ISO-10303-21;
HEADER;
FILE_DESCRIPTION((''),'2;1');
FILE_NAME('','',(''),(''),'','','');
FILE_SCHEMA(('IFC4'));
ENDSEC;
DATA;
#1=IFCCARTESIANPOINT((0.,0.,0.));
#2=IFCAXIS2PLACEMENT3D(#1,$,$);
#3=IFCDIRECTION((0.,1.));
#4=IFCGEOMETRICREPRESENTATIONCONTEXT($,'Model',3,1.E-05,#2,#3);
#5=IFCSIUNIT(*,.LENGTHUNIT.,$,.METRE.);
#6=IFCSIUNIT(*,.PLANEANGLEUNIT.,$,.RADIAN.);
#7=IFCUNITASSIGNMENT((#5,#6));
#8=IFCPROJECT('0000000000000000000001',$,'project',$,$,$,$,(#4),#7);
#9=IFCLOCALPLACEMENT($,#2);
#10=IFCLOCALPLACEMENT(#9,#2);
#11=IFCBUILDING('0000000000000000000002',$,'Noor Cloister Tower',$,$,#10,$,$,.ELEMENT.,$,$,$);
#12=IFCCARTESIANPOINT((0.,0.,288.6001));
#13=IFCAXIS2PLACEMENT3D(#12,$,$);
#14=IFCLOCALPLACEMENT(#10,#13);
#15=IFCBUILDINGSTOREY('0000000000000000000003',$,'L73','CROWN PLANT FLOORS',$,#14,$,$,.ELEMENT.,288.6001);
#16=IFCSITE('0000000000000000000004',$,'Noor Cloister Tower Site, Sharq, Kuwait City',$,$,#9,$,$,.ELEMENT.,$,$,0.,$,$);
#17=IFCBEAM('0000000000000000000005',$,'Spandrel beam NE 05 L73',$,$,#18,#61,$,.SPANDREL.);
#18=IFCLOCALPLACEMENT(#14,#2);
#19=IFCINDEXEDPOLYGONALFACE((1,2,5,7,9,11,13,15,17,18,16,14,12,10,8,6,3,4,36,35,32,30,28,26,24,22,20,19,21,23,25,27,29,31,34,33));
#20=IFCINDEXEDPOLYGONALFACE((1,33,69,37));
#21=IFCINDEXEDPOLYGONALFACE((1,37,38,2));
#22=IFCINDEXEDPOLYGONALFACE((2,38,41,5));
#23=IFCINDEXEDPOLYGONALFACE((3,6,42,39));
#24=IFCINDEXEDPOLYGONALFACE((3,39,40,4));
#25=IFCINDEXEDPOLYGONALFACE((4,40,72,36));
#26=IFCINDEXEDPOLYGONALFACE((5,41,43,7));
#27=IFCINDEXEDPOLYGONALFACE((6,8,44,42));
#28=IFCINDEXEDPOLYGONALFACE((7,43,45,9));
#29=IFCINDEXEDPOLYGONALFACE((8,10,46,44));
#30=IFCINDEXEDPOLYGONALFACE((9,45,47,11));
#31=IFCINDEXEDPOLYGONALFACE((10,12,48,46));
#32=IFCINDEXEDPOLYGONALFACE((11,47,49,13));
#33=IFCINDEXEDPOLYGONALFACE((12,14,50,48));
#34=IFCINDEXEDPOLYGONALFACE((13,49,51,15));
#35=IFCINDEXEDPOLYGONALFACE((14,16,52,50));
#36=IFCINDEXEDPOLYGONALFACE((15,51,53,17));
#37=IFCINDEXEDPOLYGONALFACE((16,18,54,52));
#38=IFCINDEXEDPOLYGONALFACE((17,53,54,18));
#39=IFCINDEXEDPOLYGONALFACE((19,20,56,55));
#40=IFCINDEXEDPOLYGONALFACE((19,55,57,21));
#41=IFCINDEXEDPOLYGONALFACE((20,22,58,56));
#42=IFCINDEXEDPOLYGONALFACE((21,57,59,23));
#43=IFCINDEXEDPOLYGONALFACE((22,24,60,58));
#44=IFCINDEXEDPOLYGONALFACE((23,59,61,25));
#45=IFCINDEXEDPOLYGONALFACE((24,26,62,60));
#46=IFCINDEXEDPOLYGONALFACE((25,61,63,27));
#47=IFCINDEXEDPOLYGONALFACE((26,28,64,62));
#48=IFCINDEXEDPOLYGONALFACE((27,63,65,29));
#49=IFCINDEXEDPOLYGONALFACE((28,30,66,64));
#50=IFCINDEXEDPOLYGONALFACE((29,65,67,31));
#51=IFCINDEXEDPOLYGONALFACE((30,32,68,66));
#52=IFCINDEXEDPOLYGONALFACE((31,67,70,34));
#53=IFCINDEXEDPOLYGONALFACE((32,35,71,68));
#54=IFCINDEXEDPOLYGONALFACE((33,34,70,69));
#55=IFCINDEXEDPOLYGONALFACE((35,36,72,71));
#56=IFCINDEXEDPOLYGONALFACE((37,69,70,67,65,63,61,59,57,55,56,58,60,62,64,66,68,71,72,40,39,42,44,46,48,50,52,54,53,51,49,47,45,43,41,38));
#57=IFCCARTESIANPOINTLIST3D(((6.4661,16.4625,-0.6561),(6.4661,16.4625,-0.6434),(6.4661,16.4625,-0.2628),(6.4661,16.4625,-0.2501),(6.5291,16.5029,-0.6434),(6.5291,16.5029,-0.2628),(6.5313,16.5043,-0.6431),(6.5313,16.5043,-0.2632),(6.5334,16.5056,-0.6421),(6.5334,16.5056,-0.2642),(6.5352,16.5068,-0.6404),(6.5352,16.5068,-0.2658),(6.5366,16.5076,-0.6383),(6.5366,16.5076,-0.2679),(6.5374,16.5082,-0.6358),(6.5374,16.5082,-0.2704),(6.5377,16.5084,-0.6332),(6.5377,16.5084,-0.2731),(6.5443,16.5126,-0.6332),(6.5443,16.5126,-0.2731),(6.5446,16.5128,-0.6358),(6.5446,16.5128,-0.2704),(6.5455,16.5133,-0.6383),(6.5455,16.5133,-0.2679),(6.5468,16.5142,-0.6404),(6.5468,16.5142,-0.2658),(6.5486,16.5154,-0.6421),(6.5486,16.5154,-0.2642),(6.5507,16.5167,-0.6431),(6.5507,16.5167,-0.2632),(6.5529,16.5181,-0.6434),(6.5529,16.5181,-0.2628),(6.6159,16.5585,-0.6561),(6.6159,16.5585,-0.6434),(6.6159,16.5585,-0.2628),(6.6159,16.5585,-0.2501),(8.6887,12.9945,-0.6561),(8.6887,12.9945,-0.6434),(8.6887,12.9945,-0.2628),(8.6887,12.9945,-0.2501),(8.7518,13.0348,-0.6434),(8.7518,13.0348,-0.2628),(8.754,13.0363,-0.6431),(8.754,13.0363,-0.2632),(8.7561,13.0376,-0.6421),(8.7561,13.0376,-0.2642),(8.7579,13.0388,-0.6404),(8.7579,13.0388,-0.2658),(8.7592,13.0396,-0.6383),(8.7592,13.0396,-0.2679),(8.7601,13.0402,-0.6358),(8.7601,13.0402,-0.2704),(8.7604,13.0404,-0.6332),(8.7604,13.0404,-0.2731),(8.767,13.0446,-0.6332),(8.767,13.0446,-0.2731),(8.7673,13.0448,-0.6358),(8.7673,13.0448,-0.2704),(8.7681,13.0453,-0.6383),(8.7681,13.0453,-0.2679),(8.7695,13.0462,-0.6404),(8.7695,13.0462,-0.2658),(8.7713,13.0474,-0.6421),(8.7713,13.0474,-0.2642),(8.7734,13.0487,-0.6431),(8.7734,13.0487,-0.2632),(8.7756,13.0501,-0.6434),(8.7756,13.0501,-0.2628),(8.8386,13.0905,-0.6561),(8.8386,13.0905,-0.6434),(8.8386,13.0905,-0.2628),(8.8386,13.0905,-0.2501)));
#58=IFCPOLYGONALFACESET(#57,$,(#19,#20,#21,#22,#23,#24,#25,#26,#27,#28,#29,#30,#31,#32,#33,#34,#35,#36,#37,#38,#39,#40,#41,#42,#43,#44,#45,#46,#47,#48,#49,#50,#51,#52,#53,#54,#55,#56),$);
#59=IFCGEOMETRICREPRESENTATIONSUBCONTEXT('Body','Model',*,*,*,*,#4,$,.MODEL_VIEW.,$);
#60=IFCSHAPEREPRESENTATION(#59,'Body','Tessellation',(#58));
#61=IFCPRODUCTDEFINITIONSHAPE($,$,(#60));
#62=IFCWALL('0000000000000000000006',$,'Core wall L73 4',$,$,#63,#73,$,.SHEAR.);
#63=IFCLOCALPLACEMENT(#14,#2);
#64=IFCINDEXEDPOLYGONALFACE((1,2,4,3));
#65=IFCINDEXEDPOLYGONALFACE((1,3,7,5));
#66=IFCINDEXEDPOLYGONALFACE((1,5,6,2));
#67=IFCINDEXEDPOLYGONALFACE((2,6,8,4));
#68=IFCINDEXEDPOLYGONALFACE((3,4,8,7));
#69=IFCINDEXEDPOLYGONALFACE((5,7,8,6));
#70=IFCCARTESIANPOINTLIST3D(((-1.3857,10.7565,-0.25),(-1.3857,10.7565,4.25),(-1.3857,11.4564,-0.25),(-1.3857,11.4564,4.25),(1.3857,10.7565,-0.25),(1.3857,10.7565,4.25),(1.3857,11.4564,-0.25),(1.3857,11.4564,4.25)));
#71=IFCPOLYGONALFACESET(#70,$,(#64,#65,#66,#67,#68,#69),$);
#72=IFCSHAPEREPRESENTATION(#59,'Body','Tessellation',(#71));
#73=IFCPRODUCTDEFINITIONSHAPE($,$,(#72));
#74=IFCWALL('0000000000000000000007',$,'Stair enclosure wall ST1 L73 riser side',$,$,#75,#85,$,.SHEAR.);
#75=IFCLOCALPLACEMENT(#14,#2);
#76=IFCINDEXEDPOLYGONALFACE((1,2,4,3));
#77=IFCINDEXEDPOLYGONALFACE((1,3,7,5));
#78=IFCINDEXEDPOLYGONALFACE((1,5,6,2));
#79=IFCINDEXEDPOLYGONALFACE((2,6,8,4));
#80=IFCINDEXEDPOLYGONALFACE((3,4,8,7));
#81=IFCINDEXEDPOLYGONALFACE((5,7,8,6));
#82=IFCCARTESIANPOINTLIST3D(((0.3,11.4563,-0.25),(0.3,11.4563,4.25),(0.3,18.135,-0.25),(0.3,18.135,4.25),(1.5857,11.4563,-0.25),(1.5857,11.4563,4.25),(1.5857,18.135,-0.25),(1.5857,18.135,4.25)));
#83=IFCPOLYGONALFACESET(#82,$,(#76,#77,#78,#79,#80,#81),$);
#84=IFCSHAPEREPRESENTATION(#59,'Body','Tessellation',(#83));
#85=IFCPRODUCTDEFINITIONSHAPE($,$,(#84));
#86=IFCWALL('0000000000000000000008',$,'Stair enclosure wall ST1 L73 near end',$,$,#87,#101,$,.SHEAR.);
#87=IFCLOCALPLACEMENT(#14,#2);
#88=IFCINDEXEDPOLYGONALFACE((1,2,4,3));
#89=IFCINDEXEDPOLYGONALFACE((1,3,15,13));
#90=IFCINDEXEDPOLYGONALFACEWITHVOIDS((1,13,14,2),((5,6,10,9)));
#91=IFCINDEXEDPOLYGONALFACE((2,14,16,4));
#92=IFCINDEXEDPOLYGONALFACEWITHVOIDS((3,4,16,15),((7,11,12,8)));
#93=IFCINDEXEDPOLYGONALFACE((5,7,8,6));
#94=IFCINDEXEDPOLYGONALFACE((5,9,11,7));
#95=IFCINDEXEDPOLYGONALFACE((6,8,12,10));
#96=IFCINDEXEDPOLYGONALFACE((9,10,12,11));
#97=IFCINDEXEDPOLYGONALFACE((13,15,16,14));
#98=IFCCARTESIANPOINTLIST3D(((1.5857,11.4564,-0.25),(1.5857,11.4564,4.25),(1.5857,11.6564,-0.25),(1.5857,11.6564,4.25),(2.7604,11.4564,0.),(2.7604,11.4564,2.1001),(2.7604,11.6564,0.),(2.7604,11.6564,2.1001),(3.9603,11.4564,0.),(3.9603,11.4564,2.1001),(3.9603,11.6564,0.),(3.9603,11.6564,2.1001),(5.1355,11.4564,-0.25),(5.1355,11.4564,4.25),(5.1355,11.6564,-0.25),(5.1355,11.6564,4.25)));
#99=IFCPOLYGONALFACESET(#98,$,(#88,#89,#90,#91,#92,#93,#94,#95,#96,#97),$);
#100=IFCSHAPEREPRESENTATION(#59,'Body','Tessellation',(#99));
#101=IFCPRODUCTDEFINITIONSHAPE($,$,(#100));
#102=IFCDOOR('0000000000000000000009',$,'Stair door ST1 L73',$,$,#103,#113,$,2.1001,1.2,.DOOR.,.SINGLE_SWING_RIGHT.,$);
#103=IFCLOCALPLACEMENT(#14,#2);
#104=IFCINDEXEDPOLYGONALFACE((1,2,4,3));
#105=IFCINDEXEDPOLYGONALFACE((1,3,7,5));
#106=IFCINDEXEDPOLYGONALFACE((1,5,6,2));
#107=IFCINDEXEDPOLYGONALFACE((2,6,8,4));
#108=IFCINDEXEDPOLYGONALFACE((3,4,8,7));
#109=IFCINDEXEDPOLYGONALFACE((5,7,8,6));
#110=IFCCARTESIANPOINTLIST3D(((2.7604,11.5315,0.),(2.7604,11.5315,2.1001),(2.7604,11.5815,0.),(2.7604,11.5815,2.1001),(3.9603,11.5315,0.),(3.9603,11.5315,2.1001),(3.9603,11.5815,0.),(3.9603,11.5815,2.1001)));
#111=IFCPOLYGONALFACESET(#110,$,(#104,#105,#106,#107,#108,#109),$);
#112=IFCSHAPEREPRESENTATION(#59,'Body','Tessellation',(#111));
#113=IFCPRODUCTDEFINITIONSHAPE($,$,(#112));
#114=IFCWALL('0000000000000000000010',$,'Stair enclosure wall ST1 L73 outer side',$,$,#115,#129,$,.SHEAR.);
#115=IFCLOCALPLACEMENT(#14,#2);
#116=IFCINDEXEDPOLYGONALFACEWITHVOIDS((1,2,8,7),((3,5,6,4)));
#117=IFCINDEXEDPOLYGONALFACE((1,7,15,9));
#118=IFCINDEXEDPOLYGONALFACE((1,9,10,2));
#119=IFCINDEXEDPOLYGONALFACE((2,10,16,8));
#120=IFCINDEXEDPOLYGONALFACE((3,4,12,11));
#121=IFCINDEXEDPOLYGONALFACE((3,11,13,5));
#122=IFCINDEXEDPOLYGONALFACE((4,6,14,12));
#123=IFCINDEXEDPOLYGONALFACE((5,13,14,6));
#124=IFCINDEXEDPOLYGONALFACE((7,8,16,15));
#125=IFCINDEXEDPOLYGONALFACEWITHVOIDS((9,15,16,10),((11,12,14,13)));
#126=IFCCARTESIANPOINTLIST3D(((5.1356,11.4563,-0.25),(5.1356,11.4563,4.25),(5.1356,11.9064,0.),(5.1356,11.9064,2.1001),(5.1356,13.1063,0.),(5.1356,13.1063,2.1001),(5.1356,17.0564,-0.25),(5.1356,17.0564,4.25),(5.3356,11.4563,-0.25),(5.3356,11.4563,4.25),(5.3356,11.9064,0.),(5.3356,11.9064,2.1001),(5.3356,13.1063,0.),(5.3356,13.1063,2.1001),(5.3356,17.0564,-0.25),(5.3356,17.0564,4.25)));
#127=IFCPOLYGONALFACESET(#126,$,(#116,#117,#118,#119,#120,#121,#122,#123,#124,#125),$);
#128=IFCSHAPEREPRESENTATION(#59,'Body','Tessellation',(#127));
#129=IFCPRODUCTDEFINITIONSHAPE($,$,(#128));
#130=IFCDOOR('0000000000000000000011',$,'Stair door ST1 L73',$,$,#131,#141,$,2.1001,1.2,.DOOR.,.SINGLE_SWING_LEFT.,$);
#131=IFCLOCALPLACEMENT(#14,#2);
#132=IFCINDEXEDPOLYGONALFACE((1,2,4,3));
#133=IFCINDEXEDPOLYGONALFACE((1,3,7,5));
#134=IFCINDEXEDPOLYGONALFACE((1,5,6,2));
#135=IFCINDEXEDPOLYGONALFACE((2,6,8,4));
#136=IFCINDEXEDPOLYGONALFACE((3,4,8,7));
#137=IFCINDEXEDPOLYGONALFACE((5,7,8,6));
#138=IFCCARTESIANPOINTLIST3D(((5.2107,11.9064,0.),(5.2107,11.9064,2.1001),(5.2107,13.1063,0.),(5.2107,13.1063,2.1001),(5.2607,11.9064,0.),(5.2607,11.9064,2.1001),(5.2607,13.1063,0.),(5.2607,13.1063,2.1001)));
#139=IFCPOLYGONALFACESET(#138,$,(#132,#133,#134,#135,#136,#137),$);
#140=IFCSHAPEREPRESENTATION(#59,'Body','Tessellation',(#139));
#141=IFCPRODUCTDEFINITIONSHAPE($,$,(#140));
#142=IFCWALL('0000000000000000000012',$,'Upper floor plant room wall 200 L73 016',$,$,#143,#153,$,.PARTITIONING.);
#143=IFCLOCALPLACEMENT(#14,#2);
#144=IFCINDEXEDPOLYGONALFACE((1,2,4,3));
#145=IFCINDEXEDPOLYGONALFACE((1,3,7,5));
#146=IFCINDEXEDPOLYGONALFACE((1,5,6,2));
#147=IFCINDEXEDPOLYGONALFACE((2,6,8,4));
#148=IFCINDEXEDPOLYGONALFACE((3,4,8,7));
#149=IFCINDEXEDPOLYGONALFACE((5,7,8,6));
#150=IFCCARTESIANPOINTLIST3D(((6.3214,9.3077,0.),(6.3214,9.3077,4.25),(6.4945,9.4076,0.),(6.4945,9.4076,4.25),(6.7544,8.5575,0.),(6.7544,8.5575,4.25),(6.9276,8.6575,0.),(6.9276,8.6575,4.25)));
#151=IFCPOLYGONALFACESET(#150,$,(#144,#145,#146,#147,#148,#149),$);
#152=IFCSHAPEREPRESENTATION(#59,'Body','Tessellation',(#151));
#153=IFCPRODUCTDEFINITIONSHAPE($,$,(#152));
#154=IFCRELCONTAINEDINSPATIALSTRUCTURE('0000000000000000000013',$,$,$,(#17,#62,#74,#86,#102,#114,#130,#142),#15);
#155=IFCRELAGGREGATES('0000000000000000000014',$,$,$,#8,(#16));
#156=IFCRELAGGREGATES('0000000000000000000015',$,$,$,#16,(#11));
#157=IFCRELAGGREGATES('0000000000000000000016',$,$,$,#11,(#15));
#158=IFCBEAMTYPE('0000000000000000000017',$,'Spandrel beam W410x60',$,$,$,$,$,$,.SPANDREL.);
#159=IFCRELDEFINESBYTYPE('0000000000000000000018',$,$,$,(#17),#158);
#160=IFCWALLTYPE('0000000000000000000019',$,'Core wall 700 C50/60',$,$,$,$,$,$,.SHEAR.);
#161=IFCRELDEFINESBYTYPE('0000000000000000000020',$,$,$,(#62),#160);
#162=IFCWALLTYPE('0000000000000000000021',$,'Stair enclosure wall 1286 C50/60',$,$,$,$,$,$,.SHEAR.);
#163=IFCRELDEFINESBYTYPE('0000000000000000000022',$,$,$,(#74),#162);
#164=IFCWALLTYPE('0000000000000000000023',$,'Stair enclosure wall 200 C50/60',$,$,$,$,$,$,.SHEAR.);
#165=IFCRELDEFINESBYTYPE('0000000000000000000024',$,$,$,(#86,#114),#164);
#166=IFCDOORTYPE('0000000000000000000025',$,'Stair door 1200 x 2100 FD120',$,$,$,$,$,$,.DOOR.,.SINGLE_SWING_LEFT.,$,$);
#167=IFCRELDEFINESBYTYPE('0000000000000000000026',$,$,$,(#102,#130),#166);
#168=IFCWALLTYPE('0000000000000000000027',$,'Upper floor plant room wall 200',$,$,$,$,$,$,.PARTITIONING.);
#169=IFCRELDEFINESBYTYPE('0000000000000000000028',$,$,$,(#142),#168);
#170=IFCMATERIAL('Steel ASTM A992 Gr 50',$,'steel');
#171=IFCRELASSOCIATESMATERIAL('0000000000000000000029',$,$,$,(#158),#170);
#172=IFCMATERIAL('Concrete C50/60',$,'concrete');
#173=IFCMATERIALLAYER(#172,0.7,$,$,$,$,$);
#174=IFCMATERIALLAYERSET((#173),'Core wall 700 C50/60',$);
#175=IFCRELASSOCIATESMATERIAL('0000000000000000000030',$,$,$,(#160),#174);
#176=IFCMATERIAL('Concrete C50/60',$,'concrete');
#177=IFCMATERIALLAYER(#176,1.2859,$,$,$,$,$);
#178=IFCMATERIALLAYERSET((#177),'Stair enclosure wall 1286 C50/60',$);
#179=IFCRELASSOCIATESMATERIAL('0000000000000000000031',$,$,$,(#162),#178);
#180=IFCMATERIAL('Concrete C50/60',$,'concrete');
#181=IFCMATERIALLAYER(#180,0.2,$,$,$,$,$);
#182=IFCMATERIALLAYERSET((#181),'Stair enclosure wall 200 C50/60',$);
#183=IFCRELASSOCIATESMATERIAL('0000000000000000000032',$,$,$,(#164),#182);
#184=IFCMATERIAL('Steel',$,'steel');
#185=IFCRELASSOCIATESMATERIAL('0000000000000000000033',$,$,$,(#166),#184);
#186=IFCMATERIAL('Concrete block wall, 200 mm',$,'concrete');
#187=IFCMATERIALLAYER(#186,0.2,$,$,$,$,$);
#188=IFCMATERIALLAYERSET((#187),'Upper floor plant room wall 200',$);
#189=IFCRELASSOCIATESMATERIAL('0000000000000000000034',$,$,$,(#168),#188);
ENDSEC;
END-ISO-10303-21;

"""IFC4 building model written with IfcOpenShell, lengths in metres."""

from ifc_helpers import new_model, si_unit, direction, frame, frame_2d, origin, origin_2d, place, context, subcontext, project, spatial, rectangle, i_section, extrude, material, layer, layer_set, material_profile, profile_set, type_object, element, fill, save


model = new_model("IFC4")

# Units and contexts
model_context = context("Model", 3, precision=1e-05, world=origin(), true_north=direction((0.0, 1.0)))
body_context = subcontext(model_context, "Body", "Model", "MODEL_VIEW")
ifc_project = project(units=[si_unit("LENGTHUNIT", "METRE"), si_unit("PLANEANGLEUNIT", "RADIAN")], contexts=[model_context])

# Site, building, storey
site_placement = place(None, origin())
site = spatial("IfcSite", under=ifc_project, at=site_placement, Name="Noor Cloister Tower Site, Sharq, Kuwait City", CompositionType="ELEMENT", RefElevation=0.0)
building_placement = place(site_placement, origin())
building = spatial("IfcBuilding", under=site, at=building_placement, Name="Noor Cloister Tower", CompositionType="ELEMENT")
storey_placement = place(building_placement, frame((0.0, 0.0, 288.6001)))
storey = spatial("IfcBuildingStorey", under=building, at=storey_placement, Name="L73", Description="CROWN PLANT FLOORS", CompositionType="ELEMENT", Elevation=288.6001)

# Beam
ifc_material_1 = material(Name="Steel ASTM A992 Gr 50", Category="steel")
ifc_material_profile_1 = material_profile(ifc_material_1, i_section(OverallWidth=0.178, OverallDepth=0.406, WebThickness=0.0078, FlangeThickness=0.0127, FilletRadius=0.0103, at=origin_2d()), Name="W410x60")
ifc_profile_set_1 = profile_set([ifc_material_profile_1], Name="Steel ASTM A992 Gr 50")
beam_type_1 = type_object("IfcBeamType", Name="Spandrel beam W410x60", PredefinedType="SPANDREL", material=ifc_profile_set_1)
beam_1_placement = place(storey_placement, frame((8.7637, 13.0425, -0.4531), z_axis=(-0.539592, 0.841927, 0.0), x_axis=(-0.841927, -0.539592, 0.0)))
element("IfcBeam", 1, at=beam_1_placement, inside=storey, type_object=beam_type_1, Name="Spandrel beam NE 05 L73", PredefinedType="SPANDREL", context=body_context, shape_type="SweptSolid", body=[
    extrude(i_section(OverallWidth=0.178, OverallDepth=0.406, WebThickness=0.0078, FlangeThickness=0.0127, FilletRadius=0.0103, at=origin_2d()), origin(), (0.0, 0.0, 1.0), 4.1191),
])

# Walls
ifc_material_2 = material(Name="Concrete C50/60", Category="concrete")
ifc_layer_1 = layer(ifc_material_2, 0.7)
ifc_layer_set_1 = layer_set([ifc_layer_1], Name="Core wall 700 C50/60")
wall_type_1 = type_object("IfcWallType", Name="Core wall 700 C50/60", PredefinedType="SHEAR", material=ifc_layer_set_1)
wall_1_placement = place(storey_placement, frame((1.3857, 11.1064, -0.25), z_axis=(0.0, 0.0, 1.0), x_axis=(-1.0, 0.0, 0.0)))
element("IfcWall", 2, at=wall_1_placement, inside=storey, type_object=wall_type_1, Name="Core wall L73 4", PredefinedType="SHEAR", context=body_context, shape_type="SweptSolid", body=[
    extrude(rectangle(XDim=2.7715, YDim=0.7, at=frame_2d((1.3857, 0.0))), origin(), (0.0, 0.0, 1.0), 4.5),
])
ifc_material_3 = material(Name="Concrete C50/60", Category="concrete")
ifc_layer_2 = layer(ifc_material_3, 1.2859)
ifc_layer_set_2 = layer_set([ifc_layer_2], Name="Stair enclosure wall 1286 C50/60")
wall_type_2 = type_object("IfcWallType", Name="Stair enclosure wall 1286 C50/60", PredefinedType="SHEAR", material=ifc_layer_set_2)
wall_2_placement = place(storey_placement, frame((0.9429, 11.4563, -0.25), z_axis=(0.0, 0.0, 1.0), x_axis=(0.0, 1.0, 0.0)))
element("IfcWall", 3, at=wall_2_placement, inside=storey, type_object=wall_type_2, Name="Stair enclosure wall ST1 L73 riser side", PredefinedType="SHEAR", context=body_context, shape_type="SweptSolid", body=[
    extrude(rectangle(XDim=6.6787, YDim=1.2856, at=frame_2d((3.3394, 0.0))), origin(), (0.0, 0.0, 1.0), 4.5),
])

# Walls, openings, doors
ifc_material_4 = material(Name="Concrete C50/60", Category="concrete")
ifc_layer_3 = layer(ifc_material_4, 0.2)
ifc_layer_set_3 = layer_set([ifc_layer_3], Name="Stair enclosure wall 200 C50/60")
wall_type_3 = type_object("IfcWallType", Name="Stair enclosure wall 200 C50/60", PredefinedType="SHEAR", material=ifc_layer_set_3)
wall_3_placement = place(storey_placement, frame((5.1355, 11.5564, -0.25), z_axis=(0.0, 0.0, 1.0), x_axis=(-1.0, 0.0, 0.0)))
wall_3 = element("IfcWall", 4, at=wall_3_placement, inside=storey, type_object=wall_type_3, Name="Stair enclosure wall ST1 L73 near end", PredefinedType="SHEAR", context=body_context, shape_type="SweptSolid", body=[
    extrude(rectangle(XDim=3.5498, YDim=0.2, at=frame_2d((1.7749, 0.0))), origin(), (0.0, 0.0, 1.0), 4.5),
])
opening_1_placement = place(wall_3_placement, frame((1.175, 0.0, 0.25)))
opening_1 = element("IfcOpeningElement", 5, at=opening_1_placement, cuts=wall_3, PredefinedType="OPENING", context=body_context, shape_type="SweptSolid", body=[
    extrude(rectangle(XDim=1.2, YDim=2.1001, at=frame_2d((0.6001, 1.05))), frame((0.0, 0.1099, 0.0), z_axis=(0.0, -1.0, 0.0), x_axis=(1.0, 0.0, 0.0)), (0.0, 0.0, 1.0), 0.22),
])
ifc_material_5 = material(Name="Steel", Category="steel")
door_type_1 = type_object("IfcDoorType", Name="Stair door 1200 x 2100 FD120", OperationType="SINGLE_SWING_LEFT", PredefinedType="DOOR", material=ifc_material_5)
door_1_placement = place(opening_1_placement, origin())
door_1 = element("IfcDoor", 6, at=door_1_placement, inside=storey, type_object=door_type_1, Name="Stair door ST1 L73", OperationType="SINGLE_SWING_RIGHT", OverallHeight=2.1001, OverallWidth=1.2, PredefinedType="DOOR", context=body_context, shape_type="SweptSolid", body=[
    extrude(rectangle(XDim=1.2, YDim=2.1001, at=frame_2d((0.6001, 1.05))), frame((0.0, 0.0249, 0.0), z_axis=(0.0, -1.0, 0.0), x_axis=(1.0, 0.0, 0.0)), (0.0, 0.0, 1.0), 0.05),
])
fill(opening_1, door_1)
wall_4_placement = place(storey_placement, frame((5.2356, 11.4563, -0.25), z_axis=(0.0, 0.0, 1.0), x_axis=(0.0, 1.0, 0.0)))
wall_4 = element("IfcWall", 7, at=wall_4_placement, inside=storey, type_object=wall_type_3, Name="Stair enclosure wall ST1 L73 outer side", PredefinedType="SHEAR", context=body_context, shape_type="SweptSolid", body=[
    extrude(rectangle(XDim=5.6001, YDim=0.2, at=frame_2d((2.8, 0.0))), origin(), (0.0, 0.0, 1.0), 4.5),
])
opening_2_placement = place(wall_4_placement, frame((0.45, 0.0, 0.25)))
opening_2 = element("IfcOpeningElement", 8, at=opening_2_placement, cuts=wall_4, PredefinedType="OPENING", context=body_context, shape_type="SweptSolid", body=[
    extrude(rectangle(XDim=1.2, YDim=2.1001, at=frame_2d((0.6001, 1.05))), frame((0.0, 0.1099, 0.0), z_axis=(0.0, -1.0, 0.0), x_axis=(1.0, 0.0, 0.0)), (0.0, 0.0, 1.0), 0.22),
])
door_2_placement = place(opening_2_placement, origin())
door_2 = element("IfcDoor", 9, at=door_2_placement, inside=storey, type_object=door_type_1, Name="Stair door ST1 L73", OperationType="SINGLE_SWING_LEFT", OverallHeight=2.1001, OverallWidth=1.2, PredefinedType="DOOR", context=body_context, shape_type="SweptSolid", body=[
    extrude(rectangle(XDim=1.2, YDim=2.1001, at=frame_2d((0.6001, 1.05))), frame((0.0, 0.0249, 0.0), z_axis=(0.0, -1.0, 0.0), x_axis=(1.0, 0.0, 0.0)), (0.0, 0.0, 1.0), 0.05),
])
fill(opening_2, door_2)

# Wall
ifc_material_6 = material(Name="Concrete block wall, 200 mm", Category="concrete")
ifc_layer_4 = layer(ifc_material_6, 0.2)
ifc_layer_set_4 = layer_set([ifc_layer_4], Name="Upper floor plant room wall 200")
wall_type_4 = type_object("IfcWallType", Name="Upper floor plant room wall 200", PredefinedType="PARTITIONING", material=ifc_layer_set_4)
wall_5_placement = place(storey_placement, frame((6.408, 9.3577, 0.0), z_axis=(0.0, 0.0, 1.0), x_axis=(0.499958, -0.866049, 0.0)))
element("IfcWall", 10, at=wall_5_placement, inside=storey, type_object=wall_type_4, Name="Upper floor plant room wall 200 L73 016", PredefinedType="PARTITIONING", context=body_context, shape_type="SweptSolid", body=[
    extrude(rectangle(XDim=0.8662, YDim=0.2, at=frame_2d((0.4331, 0.0))), origin(), (0.0, 0.0, 1.0), 4.25),
])

save(model, "model.ifc")
